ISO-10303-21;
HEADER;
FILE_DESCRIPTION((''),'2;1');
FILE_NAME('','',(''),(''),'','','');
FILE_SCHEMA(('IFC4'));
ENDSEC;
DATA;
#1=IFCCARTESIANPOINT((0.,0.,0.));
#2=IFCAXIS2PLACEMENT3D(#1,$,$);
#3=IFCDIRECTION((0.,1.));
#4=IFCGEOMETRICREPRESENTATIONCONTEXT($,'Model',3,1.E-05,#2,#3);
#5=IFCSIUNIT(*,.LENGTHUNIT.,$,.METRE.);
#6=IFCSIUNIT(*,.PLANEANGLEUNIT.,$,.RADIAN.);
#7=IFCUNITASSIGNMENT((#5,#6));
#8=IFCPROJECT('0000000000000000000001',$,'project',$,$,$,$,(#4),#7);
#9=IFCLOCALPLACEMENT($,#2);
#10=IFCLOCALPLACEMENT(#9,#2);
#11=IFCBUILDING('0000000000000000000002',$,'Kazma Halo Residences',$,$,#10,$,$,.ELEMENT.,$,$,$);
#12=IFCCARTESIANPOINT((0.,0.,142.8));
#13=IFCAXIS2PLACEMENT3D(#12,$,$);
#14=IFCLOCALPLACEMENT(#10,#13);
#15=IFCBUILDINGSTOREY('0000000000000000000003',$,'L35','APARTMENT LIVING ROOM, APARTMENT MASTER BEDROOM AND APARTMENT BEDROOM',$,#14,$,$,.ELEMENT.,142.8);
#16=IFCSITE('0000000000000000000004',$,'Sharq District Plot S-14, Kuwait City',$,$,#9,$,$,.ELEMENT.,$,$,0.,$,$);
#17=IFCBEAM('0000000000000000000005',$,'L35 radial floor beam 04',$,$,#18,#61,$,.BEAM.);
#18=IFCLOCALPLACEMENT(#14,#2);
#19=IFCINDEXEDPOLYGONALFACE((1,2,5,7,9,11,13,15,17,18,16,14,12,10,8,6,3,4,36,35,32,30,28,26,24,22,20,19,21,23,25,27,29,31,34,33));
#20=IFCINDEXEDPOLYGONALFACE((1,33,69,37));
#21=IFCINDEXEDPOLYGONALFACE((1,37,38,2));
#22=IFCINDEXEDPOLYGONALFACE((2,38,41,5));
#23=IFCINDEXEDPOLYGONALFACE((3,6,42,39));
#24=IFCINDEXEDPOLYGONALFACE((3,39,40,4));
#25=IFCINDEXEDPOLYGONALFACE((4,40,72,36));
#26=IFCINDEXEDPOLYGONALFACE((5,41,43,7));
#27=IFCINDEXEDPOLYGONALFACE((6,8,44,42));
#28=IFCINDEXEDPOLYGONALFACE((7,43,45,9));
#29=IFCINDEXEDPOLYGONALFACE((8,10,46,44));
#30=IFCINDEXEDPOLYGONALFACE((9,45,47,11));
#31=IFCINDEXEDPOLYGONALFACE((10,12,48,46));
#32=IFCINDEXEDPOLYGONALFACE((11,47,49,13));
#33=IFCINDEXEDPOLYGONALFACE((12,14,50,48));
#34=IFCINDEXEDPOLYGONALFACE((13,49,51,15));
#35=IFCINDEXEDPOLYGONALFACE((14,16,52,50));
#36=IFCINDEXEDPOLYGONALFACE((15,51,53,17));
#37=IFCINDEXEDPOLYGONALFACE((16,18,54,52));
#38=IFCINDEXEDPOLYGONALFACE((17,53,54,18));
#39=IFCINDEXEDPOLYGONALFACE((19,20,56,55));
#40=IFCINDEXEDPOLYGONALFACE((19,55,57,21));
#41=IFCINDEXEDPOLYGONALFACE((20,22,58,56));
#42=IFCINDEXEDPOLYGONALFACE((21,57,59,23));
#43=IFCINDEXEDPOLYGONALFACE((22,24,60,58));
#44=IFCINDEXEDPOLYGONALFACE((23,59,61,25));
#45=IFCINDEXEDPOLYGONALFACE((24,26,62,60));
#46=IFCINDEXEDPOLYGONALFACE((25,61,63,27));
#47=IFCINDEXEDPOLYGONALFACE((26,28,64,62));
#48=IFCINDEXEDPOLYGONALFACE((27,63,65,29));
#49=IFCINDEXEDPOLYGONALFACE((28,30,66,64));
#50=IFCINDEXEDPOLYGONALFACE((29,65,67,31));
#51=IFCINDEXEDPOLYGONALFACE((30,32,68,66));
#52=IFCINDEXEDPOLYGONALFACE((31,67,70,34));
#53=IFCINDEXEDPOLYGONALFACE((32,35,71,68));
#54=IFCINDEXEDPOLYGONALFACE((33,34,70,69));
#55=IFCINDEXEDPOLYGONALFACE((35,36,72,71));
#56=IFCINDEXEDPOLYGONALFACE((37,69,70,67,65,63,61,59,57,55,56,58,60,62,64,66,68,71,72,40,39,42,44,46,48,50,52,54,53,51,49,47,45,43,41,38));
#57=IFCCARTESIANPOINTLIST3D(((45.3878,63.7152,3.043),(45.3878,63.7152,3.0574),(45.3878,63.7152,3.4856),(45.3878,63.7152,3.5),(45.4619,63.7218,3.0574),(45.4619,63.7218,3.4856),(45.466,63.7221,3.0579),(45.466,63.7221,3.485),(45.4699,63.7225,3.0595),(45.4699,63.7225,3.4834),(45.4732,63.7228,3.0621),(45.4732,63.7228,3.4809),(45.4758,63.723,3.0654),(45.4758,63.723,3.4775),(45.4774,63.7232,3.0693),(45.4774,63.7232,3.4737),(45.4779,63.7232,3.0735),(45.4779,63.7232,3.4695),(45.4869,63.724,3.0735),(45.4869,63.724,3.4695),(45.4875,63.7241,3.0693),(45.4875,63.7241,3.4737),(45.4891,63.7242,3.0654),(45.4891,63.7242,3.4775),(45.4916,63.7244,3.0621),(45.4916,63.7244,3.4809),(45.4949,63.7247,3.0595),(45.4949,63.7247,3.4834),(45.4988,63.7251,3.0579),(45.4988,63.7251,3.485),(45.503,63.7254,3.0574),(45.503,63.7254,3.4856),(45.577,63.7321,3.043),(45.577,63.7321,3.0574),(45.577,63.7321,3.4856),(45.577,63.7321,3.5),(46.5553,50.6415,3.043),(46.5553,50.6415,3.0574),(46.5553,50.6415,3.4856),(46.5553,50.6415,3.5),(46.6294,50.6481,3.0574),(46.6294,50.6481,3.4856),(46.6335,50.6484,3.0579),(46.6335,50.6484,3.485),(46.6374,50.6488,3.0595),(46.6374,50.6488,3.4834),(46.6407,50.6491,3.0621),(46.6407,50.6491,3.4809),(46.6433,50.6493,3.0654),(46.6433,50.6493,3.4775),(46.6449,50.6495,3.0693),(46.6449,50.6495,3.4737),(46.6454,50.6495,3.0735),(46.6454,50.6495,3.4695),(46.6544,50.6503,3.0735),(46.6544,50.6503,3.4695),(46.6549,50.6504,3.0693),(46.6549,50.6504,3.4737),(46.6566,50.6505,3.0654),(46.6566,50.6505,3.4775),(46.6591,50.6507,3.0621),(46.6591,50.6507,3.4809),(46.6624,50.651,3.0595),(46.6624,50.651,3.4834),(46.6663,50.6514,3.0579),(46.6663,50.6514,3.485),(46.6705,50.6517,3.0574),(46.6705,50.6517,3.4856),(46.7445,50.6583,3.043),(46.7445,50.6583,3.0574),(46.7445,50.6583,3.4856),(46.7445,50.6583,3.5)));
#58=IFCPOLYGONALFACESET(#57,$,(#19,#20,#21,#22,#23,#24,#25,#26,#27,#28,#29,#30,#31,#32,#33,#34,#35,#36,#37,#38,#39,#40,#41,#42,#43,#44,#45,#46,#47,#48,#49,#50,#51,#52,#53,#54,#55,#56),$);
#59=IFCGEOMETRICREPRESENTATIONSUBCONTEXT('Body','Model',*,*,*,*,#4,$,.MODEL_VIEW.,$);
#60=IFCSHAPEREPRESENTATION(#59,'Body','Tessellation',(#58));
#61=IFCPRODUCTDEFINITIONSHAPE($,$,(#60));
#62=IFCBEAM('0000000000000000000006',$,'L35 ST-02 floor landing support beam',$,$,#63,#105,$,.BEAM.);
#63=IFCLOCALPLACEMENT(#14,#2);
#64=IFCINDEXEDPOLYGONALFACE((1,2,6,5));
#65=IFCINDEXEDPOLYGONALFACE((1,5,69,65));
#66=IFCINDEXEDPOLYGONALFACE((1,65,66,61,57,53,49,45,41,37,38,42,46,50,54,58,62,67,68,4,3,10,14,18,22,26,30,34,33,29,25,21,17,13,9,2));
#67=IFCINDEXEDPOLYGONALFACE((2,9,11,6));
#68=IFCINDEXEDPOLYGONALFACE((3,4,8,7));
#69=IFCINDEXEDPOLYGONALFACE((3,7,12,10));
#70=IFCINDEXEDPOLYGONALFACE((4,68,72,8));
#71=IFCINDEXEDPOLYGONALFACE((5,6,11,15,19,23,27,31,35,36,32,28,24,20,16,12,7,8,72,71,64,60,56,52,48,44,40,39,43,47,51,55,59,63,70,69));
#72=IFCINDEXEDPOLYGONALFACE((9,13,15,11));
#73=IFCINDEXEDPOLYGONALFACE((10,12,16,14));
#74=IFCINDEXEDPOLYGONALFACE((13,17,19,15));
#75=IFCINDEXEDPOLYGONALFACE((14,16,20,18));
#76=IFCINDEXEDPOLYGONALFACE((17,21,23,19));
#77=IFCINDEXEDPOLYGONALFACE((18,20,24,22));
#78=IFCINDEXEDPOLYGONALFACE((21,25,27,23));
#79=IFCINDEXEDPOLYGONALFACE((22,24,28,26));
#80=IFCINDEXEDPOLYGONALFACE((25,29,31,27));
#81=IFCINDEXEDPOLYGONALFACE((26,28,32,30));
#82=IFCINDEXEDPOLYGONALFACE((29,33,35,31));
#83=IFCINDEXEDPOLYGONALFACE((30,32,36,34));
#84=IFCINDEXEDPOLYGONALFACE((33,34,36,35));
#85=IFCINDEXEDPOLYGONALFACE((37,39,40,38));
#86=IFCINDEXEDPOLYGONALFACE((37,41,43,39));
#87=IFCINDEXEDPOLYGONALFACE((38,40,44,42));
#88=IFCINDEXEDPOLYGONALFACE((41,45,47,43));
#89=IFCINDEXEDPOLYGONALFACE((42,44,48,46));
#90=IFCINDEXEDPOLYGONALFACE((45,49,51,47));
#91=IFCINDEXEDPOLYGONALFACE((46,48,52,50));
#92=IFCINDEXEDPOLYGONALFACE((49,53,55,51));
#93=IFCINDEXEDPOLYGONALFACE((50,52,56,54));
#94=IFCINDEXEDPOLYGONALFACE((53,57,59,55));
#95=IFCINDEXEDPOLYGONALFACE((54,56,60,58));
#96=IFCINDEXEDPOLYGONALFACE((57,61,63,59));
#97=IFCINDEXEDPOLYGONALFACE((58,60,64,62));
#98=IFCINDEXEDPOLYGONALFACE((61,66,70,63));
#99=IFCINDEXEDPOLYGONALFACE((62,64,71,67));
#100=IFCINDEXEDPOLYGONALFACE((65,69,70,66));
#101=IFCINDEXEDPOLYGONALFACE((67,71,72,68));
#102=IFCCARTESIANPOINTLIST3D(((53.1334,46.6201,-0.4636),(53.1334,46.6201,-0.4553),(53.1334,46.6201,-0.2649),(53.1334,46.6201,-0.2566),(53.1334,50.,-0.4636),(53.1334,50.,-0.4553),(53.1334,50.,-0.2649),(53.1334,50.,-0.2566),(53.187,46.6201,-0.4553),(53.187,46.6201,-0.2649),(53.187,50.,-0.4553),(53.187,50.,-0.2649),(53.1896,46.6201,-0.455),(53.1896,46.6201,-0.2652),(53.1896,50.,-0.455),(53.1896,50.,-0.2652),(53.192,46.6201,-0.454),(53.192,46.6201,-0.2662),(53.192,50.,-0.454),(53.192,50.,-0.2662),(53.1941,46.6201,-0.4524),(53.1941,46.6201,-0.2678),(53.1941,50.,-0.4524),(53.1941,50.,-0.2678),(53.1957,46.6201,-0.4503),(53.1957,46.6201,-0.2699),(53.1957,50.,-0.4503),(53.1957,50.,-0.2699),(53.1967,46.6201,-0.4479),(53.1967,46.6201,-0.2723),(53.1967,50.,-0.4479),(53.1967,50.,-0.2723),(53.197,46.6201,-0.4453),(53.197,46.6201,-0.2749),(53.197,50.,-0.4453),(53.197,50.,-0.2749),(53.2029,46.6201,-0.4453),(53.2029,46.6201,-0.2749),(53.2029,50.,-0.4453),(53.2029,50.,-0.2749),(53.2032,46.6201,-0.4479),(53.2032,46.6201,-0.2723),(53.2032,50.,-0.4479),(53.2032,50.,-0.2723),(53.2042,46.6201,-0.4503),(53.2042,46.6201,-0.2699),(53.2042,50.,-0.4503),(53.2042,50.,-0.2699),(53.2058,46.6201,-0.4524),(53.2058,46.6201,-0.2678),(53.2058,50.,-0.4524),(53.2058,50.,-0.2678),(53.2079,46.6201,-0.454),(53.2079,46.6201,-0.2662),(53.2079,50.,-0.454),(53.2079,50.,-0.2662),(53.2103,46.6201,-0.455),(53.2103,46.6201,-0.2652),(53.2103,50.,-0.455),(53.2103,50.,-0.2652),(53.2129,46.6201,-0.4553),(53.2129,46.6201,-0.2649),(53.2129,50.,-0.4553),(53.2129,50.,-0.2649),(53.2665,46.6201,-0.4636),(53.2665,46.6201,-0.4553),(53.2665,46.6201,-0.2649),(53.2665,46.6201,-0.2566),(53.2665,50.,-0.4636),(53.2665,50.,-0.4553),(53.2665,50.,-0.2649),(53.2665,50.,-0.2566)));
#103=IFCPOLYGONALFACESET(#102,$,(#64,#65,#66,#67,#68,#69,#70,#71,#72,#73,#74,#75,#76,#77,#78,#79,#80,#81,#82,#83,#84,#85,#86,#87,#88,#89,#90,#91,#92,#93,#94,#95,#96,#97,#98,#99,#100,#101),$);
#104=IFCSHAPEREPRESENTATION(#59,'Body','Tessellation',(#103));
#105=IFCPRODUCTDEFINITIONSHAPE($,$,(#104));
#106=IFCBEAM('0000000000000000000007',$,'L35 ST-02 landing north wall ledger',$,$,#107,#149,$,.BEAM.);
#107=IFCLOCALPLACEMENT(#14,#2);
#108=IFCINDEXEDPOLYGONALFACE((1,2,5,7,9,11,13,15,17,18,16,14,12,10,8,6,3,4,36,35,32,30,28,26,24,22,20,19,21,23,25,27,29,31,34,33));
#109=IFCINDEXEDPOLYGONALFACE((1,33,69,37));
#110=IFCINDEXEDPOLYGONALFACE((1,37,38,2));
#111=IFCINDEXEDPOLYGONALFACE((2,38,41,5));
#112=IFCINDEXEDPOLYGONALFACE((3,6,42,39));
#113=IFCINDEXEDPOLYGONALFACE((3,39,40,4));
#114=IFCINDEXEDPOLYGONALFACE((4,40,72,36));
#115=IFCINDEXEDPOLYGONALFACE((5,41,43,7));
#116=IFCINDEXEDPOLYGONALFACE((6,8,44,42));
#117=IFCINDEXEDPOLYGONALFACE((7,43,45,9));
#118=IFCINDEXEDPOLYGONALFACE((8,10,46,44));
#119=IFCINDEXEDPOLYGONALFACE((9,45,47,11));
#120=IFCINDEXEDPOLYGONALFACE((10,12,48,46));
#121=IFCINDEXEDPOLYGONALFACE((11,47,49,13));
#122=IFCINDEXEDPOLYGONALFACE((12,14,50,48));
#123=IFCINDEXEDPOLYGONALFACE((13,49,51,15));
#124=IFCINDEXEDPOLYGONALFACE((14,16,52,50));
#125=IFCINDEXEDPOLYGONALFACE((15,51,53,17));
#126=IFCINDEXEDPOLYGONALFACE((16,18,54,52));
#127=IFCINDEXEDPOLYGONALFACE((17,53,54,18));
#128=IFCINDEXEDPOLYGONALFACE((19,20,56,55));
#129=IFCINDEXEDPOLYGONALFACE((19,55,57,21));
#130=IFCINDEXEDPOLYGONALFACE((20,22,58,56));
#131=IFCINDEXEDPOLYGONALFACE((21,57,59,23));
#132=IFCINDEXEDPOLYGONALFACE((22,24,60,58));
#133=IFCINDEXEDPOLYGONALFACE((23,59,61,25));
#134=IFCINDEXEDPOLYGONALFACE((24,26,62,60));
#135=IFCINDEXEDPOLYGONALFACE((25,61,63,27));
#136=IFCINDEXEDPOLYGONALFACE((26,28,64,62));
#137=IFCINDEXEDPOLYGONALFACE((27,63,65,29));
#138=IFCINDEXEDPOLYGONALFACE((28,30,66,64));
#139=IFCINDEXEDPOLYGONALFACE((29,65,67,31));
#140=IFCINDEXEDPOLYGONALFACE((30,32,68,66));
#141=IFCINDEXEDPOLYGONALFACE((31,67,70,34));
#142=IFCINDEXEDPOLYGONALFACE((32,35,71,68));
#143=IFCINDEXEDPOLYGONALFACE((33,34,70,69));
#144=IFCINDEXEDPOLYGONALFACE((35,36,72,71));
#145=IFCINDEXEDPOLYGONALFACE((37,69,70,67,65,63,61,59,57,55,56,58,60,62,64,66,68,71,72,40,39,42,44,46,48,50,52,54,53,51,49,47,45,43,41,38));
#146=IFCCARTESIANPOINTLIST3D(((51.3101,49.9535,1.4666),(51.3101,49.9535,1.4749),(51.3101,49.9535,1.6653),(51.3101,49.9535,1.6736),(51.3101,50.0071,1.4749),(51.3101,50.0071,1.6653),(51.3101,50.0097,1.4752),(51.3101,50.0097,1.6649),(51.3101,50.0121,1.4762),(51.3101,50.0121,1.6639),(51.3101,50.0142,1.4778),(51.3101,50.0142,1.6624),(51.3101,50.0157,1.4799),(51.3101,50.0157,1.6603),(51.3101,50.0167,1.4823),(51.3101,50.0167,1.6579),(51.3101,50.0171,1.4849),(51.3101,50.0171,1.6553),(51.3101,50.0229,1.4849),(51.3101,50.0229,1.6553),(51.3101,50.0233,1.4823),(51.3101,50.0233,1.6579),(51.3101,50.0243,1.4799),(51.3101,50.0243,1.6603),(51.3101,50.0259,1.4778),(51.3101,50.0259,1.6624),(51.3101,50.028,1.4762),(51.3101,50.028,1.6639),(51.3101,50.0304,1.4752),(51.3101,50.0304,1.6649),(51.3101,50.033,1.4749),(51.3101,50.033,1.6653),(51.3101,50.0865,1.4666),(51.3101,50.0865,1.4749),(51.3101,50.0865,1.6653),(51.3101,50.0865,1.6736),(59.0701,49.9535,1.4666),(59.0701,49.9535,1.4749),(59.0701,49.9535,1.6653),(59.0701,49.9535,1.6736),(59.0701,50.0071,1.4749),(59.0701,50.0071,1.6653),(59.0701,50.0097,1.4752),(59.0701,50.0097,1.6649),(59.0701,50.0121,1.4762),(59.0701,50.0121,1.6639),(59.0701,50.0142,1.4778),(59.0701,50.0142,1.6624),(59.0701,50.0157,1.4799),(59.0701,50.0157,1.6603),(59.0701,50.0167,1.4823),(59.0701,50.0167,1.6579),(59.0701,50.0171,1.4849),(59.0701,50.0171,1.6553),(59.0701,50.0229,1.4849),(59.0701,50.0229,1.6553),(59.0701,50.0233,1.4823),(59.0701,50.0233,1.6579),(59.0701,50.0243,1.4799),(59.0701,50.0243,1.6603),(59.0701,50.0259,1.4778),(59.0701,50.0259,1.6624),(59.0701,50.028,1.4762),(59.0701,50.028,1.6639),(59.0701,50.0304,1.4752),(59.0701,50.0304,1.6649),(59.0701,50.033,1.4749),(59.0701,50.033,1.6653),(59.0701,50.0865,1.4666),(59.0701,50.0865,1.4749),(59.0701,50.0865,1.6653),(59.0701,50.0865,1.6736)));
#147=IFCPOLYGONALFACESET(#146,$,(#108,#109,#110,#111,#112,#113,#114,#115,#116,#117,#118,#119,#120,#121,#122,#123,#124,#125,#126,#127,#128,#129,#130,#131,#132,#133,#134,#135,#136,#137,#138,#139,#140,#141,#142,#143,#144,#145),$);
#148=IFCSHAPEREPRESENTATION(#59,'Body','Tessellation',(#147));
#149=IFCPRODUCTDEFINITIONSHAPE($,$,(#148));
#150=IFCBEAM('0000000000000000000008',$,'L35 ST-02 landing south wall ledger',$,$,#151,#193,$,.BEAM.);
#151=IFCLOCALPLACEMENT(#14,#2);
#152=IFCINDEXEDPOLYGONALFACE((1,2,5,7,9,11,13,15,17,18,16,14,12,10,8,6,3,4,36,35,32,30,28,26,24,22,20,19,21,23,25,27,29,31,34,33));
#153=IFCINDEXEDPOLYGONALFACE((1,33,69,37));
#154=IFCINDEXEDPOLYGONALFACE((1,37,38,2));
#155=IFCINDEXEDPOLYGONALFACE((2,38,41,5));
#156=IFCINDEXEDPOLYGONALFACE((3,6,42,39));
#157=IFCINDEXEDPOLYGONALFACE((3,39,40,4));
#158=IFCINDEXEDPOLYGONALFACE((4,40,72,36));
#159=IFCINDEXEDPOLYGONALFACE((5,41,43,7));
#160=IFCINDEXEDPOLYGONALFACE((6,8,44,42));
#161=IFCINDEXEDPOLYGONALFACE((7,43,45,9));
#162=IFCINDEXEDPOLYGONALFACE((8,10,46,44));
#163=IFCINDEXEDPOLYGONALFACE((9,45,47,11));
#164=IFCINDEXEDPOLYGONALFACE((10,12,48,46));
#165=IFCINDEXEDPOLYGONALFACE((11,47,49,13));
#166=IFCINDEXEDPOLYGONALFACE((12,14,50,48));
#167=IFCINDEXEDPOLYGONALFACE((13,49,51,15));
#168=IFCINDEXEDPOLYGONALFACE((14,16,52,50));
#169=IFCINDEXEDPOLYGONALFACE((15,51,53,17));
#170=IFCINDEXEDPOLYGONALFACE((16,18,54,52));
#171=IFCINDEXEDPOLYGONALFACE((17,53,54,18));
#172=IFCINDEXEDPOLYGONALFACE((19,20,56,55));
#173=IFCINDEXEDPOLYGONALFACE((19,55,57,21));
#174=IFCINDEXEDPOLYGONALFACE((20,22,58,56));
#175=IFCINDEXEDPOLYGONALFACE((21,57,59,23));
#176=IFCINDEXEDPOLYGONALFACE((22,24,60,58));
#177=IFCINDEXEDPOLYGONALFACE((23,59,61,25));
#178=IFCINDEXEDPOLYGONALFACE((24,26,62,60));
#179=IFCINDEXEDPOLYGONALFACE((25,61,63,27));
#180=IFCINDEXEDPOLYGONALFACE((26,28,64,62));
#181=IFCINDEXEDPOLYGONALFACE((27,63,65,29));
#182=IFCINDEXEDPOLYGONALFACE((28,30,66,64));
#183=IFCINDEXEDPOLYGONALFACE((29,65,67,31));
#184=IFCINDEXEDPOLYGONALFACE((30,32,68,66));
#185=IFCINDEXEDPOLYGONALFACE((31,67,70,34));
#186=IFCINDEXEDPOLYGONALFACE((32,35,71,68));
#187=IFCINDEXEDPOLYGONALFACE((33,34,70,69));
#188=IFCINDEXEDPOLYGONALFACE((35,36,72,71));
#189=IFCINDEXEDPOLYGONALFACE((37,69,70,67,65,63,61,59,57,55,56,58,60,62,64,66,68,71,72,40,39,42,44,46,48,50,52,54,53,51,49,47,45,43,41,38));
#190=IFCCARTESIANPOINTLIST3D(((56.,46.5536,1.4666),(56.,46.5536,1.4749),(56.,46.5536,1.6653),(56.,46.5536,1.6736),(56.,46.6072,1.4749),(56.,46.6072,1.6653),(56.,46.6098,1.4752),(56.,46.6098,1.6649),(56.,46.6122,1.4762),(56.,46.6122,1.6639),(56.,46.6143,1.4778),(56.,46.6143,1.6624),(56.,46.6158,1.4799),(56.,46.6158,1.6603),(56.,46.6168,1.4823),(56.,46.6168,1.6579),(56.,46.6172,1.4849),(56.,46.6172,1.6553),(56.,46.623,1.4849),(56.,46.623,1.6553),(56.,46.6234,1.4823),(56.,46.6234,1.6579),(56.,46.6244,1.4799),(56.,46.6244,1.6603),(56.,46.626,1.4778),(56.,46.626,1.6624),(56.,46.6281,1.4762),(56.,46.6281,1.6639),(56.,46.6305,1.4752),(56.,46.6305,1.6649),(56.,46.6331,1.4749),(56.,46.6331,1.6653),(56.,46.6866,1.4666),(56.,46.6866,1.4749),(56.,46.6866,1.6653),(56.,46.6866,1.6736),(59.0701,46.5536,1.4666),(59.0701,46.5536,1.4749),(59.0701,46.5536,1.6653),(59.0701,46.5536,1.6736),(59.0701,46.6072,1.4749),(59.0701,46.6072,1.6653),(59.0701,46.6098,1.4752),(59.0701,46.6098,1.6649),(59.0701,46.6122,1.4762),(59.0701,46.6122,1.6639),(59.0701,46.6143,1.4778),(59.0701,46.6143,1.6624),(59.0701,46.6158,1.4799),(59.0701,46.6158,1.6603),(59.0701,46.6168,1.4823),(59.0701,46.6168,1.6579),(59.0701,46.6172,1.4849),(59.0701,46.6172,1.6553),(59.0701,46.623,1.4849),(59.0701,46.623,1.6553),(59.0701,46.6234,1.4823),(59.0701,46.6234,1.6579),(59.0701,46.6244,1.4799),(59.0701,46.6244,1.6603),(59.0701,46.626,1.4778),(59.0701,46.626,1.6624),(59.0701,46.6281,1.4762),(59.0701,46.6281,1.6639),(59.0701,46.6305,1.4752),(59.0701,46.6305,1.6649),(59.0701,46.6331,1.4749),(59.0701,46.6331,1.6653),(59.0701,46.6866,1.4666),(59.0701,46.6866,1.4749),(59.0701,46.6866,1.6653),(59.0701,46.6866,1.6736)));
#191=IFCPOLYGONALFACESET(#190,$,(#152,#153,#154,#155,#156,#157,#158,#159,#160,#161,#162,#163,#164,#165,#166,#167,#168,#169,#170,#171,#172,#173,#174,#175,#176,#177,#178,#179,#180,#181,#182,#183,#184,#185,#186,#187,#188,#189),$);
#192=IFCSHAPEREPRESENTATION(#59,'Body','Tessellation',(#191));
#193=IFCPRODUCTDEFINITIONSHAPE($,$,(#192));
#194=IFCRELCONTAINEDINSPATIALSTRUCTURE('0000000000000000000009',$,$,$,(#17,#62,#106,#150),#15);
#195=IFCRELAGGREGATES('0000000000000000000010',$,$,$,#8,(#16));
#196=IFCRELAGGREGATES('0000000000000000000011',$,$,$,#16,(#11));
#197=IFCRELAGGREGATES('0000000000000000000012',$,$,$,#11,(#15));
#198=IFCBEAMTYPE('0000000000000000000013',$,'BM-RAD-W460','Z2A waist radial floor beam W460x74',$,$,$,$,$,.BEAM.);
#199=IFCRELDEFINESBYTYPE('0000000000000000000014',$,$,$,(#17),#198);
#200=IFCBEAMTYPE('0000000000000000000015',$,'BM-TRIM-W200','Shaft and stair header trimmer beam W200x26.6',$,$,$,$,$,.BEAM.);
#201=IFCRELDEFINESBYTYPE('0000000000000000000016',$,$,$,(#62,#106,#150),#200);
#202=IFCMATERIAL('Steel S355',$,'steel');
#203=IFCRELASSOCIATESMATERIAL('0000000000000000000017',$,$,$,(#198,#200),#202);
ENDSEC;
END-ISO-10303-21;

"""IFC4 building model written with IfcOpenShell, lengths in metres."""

from ifc_helpers import new_model, si_unit, direction, frame, origin, origin_2d, place, context, subcontext, project, spatial, i_section, extrude, material, material_profile, profile_set, type_object, element, save


model = new_model("IFC4")

# Units and contexts
model_context = context("Model", 3, precision=1e-05, world=origin(), true_north=direction((0.0, 1.0)))
body_context = subcontext(model_context, "Body", "Model", "MODEL_VIEW")
ifc_project = project(units=[si_unit("LENGTHUNIT", "METRE"), si_unit("PLANEANGLEUNIT", "RADIAN")], contexts=[model_context])

# Site, building, storey
site_placement = place(None, origin())
site = spatial("IfcSite", under=ifc_project, at=site_placement, Name="Sharq District Plot S-14, Kuwait City", CompositionType="ELEMENT", RefElevation=0.0)
building_placement = place(site_placement, origin())
building = spatial("IfcBuilding", under=site, at=building_placement, Name="Kazma Halo Residences", CompositionType="ELEMENT")
storey_placement = place(building_placement, frame((0.0, 0.0, 142.8)))
storey = spatial("IfcBuildingStorey", under=building, at=storey_placement, Name="L35", Description="APARTMENT LIVING ROOM, APARTMENT MASTER BEDROOM AND APARTMENT BEDROOM", CompositionType="ELEMENT", Elevation=142.8)

# Shared definitions
ifc_material_1 = material(Name="Steel S355", Category="steel")

# Beams
ifc_material_profile_1 = material_profile(ifc_material_1, i_section(OverallWidth=0.1899, OverallDepth=0.457, WebThickness=0.009, FlangeThickness=0.0144, FilletRadius=0.0161, at=origin_2d()), Name="W460x74")
ifc_profile_set_1 = profile_set([ifc_material_profile_1], Name="Steel S355")
beam_type_1 = type_object("IfcBeamType", Name="BM-RAD-W460", Description="Z2A waist radial floor beam W460x74", PredefinedType="BEAM", material=ifc_profile_set_1)
beam_1_placement = place(storey_placement, frame((46.6499, 50.6499, 3.2715), z_axis=(-0.088946, 0.996036, 0.0), x_axis=(-0.996036, -0.088946, 0.0)))
element("IfcBeam", 1, at=beam_1_placement, inside=storey, type_object=beam_type_1, Name="L35 radial floor beam 04", PredefinedType="BEAM", context=body_context, shape_type="SweptSolid", body=[
    extrude(i_section(OverallWidth=0.1899, OverallDepth=0.457, WebThickness=0.009, FlangeThickness=0.0144, FilletRadius=0.0161, at=origin_2d()), origin(), (0.0, 0.0, 1.0), 13.1257),
])
ifc_material_profile_2 = material_profile(ifc_material_1, i_section(OverallWidth=0.1331, OverallDepth=0.207, WebThickness=0.0059, FlangeThickness=0.0083, FilletRadius=0.01, at=origin_2d()), Name="W200x26.6")
ifc_profile_set_2 = profile_set([ifc_material_profile_2], Name="Steel S355")
beam_type_2 = type_object("IfcBeamType", Name="BM-TRIM-W200", Description="Shaft and stair header trimmer beam W200x26.6", PredefinedType="BEAM", material=ifc_profile_set_2)
beam_2_placement = place(storey_placement, frame((53.2, 46.6201, -0.3601), z_axis=(0.0, 1.0, 0.0), x_axis=(-1.0, 0.0, 0.0)))
element("IfcBeam", 2, at=beam_2_placement, inside=storey, type_object=beam_type_2, Name="L35 ST-02 floor landing support beam", PredefinedType="BEAM", context=body_context, shape_type="SweptSolid", body=[
    extrude(i_section(OverallWidth=0.1331, OverallDepth=0.207, WebThickness=0.0059, FlangeThickness=0.0083, FilletRadius=0.01, at=origin_2d()), origin(), (0.0, 0.0, 1.0), 3.3799),
])
beam_3_placement = place(storey_placement, frame((51.3101, 50.02, 1.5701), z_axis=(1.0, 0.0, 0.0), x_axis=(0.0, 1.0, 0.0)))
element("IfcBeam", 3, at=beam_3_placement, inside=storey, type_object=beam_type_2, Name="L35 ST-02 landing north wall ledger", PredefinedType="BEAM", context=body_context, shape_type="SweptSolid", body=[
    extrude(i_section(OverallWidth=0.1331, OverallDepth=0.207, WebThickness=0.0059, FlangeThickness=0.0083, FilletRadius=0.01, at=origin_2d()), origin(), (0.0, 0.0, 1.0), 7.76),
])
beam_4_placement = place(storey_placement, frame((56.0, 46.6201, 1.5701), z_axis=(1.0, 0.0, 0.0), x_axis=(0.0, 1.0, 0.0)))
element("IfcBeam", 4, at=beam_4_placement, inside=storey, type_object=beam_type_2, Name="L35 ST-02 landing south wall ledger", PredefinedType="BEAM", context=body_context, shape_type="SweptSolid", body=[
    extrude(i_section(OverallWidth=0.1331, OverallDepth=0.207, WebThickness=0.0059, FlangeThickness=0.0083, FilletRadius=0.01, at=origin_2d()), origin(), (0.0, 0.0, 1.0), 3.0701),
])

save(model, "model.ifc")
